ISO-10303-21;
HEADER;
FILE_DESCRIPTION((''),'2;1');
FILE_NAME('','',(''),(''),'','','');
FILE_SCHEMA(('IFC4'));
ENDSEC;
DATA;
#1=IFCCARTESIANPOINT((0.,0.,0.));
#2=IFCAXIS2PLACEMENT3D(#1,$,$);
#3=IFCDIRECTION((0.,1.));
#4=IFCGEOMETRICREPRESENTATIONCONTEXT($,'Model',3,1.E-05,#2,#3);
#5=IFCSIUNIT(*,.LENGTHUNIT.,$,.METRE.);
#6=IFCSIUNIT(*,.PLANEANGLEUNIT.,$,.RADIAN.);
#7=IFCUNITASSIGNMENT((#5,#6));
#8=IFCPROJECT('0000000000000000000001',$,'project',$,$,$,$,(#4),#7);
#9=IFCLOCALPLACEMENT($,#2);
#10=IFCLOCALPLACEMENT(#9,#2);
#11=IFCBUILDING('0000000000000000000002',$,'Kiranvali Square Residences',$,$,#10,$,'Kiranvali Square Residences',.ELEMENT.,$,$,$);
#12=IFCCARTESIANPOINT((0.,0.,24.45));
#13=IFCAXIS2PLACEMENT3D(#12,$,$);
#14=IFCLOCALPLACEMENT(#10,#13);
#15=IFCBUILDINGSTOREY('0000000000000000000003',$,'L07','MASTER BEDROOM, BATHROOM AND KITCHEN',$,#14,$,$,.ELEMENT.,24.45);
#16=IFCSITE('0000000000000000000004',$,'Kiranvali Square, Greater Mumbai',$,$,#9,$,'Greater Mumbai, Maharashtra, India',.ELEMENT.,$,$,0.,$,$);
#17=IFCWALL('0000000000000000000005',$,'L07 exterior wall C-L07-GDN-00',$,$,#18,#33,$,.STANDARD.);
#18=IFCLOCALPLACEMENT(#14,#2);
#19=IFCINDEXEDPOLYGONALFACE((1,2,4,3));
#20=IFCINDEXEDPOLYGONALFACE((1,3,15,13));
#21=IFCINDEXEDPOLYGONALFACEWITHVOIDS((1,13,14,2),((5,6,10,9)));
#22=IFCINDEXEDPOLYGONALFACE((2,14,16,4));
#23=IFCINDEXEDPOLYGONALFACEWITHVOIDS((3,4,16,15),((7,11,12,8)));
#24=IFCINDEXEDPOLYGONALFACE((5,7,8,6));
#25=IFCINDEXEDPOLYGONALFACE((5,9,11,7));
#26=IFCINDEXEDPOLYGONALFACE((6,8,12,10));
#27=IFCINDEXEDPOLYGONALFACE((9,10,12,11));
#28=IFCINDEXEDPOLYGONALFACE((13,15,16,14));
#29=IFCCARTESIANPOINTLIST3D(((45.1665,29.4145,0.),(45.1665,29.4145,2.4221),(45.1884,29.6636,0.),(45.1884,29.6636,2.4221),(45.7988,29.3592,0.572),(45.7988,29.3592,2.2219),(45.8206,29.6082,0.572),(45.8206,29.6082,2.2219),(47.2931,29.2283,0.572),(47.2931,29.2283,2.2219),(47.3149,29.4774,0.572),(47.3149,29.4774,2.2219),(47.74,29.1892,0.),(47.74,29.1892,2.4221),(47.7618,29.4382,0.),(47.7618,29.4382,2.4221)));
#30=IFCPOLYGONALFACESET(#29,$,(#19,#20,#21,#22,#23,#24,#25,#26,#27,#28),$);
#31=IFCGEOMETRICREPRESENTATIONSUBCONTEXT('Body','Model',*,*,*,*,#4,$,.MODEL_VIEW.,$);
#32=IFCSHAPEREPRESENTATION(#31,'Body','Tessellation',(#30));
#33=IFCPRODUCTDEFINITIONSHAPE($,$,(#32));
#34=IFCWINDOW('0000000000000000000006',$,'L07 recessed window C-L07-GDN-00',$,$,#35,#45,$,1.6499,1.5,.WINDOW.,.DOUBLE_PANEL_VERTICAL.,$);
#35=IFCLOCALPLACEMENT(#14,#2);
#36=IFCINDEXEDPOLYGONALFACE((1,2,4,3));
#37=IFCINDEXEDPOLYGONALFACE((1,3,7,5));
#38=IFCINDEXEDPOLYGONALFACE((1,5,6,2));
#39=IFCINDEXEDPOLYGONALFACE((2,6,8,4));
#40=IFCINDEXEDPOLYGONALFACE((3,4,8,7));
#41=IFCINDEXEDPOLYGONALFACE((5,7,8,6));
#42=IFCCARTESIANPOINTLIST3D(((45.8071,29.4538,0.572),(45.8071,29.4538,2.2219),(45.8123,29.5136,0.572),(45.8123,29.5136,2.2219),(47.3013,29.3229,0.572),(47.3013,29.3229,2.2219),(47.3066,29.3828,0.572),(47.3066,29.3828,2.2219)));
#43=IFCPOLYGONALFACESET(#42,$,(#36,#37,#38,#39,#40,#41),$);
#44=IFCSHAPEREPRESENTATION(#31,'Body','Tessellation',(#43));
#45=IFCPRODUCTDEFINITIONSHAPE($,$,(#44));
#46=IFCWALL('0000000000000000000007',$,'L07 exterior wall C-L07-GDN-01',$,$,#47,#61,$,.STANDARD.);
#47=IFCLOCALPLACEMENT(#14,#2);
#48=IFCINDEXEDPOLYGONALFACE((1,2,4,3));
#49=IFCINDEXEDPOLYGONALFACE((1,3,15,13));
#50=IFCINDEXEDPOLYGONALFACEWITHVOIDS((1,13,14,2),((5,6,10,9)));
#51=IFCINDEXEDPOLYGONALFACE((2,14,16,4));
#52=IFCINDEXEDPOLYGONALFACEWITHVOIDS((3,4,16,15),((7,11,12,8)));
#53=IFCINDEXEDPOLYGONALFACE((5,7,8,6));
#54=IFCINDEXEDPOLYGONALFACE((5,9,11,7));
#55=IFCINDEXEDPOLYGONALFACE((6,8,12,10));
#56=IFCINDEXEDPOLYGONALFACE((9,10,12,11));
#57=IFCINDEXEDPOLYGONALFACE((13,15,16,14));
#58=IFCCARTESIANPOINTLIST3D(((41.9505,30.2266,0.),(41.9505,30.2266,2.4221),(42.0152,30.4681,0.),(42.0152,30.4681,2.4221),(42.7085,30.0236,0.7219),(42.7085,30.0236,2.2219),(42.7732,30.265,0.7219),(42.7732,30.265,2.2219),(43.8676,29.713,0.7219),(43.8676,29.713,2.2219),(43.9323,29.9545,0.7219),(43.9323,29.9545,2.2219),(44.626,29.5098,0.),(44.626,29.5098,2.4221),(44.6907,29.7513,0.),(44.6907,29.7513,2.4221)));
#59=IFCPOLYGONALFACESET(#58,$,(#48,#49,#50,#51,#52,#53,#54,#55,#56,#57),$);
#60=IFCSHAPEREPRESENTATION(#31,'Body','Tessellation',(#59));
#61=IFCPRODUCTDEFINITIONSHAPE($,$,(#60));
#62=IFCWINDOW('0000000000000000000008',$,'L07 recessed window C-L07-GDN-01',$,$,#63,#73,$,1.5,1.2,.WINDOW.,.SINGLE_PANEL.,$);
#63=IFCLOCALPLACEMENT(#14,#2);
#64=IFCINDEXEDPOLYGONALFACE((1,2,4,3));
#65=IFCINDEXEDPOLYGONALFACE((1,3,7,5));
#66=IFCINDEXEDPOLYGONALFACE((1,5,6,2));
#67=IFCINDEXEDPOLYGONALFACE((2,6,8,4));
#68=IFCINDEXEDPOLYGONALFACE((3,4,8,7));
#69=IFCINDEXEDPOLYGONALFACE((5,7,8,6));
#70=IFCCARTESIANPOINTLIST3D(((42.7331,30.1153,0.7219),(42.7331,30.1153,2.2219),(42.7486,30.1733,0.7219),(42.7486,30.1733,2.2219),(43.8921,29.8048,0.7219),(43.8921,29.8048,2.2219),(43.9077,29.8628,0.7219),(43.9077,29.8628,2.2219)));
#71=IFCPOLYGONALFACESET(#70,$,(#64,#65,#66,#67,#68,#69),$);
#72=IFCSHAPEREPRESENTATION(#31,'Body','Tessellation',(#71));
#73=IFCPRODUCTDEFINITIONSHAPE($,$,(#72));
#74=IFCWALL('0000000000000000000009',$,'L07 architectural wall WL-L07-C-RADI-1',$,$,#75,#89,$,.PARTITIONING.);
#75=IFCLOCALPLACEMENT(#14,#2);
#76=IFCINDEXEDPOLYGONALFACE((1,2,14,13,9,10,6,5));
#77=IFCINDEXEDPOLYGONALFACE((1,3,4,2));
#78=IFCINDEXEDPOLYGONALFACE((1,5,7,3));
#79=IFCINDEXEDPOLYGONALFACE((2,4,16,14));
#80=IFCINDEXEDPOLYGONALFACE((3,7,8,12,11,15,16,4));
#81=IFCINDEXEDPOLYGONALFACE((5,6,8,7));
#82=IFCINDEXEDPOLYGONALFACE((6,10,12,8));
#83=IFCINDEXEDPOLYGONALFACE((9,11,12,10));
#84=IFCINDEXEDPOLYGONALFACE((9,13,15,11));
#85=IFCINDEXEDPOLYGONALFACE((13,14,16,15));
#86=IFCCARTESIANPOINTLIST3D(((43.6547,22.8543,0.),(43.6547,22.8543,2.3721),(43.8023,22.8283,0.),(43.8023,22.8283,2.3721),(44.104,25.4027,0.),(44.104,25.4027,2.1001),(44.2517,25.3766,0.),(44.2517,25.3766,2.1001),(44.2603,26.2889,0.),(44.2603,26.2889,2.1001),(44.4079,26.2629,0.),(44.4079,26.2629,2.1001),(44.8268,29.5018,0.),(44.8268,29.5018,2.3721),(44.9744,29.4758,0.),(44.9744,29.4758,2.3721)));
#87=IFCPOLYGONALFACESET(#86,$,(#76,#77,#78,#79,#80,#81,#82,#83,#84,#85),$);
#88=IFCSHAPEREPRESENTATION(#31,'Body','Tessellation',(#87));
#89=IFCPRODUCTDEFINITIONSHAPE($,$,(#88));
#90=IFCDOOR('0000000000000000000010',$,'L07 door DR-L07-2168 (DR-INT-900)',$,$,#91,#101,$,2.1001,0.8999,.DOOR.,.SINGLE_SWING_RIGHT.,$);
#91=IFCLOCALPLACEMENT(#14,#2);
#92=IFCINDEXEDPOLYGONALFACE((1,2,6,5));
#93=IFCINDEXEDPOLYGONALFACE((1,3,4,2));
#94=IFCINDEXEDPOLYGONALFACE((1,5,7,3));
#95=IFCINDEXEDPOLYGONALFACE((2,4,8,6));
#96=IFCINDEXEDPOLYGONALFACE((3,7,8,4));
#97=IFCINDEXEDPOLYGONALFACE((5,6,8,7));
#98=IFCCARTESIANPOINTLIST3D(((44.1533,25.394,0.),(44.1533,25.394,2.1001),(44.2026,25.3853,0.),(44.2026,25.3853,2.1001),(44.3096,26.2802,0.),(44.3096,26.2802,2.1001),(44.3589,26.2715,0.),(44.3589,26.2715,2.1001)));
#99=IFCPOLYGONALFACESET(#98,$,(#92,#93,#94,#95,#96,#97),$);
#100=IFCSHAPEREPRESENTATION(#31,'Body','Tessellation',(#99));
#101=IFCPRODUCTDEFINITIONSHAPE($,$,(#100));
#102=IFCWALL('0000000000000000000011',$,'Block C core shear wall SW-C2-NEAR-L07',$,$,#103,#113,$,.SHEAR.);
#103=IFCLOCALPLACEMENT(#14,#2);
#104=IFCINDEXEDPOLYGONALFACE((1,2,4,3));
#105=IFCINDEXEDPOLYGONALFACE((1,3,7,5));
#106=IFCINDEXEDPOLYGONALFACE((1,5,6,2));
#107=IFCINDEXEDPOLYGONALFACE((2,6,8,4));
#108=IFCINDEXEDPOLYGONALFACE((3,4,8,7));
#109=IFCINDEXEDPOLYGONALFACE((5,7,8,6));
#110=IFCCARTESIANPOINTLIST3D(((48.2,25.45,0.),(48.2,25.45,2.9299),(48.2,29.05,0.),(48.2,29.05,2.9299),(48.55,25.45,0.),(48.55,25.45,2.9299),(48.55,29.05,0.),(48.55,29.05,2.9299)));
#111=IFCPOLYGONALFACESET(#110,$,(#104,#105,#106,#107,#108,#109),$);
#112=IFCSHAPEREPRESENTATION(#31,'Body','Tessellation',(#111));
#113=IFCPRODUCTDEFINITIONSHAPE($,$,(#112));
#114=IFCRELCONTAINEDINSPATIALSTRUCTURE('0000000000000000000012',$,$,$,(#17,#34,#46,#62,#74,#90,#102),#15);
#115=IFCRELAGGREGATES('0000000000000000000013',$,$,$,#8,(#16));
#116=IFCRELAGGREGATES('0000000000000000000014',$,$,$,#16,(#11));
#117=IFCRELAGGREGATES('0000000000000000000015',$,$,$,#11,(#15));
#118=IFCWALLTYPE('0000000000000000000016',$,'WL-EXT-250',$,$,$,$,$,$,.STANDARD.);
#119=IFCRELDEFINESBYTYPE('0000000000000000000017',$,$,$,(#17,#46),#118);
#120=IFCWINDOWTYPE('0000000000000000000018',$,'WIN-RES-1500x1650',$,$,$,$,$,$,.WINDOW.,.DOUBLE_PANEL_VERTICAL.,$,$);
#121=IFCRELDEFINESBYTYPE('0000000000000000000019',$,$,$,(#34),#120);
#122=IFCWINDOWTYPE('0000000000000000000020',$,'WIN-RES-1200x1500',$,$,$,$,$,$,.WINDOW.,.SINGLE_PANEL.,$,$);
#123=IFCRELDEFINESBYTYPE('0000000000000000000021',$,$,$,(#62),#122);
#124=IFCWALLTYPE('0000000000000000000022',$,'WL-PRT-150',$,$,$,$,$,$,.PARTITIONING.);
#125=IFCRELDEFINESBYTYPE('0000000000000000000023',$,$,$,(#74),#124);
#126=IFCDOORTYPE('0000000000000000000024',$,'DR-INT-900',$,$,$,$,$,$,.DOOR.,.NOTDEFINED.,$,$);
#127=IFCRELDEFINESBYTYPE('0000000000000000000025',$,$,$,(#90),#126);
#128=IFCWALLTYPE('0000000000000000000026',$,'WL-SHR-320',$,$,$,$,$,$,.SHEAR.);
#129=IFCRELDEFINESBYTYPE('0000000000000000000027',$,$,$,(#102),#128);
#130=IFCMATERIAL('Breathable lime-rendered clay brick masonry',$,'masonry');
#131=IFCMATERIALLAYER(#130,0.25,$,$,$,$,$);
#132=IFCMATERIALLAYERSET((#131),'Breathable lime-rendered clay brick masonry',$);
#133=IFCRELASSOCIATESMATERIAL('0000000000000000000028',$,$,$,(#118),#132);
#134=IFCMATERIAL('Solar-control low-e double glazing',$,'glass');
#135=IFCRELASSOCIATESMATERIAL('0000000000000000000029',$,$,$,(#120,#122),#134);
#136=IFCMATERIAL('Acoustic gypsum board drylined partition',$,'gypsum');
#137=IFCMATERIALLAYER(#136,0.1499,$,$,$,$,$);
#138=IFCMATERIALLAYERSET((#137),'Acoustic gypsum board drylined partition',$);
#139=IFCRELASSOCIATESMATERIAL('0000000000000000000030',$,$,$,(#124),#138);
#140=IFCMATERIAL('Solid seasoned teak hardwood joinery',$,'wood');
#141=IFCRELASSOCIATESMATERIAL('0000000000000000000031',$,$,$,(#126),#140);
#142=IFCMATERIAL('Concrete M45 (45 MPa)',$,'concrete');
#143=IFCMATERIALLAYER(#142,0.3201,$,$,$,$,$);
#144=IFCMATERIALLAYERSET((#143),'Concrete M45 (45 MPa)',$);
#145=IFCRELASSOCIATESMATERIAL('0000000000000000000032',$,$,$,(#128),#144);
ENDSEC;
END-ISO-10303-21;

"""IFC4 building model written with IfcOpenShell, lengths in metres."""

from ifc_helpers import new_model, si_unit, direction, frame, frame_2d, origin, place, context, subcontext, project, spatial, rectangle, extrude, material, layer, layer_set, type_object, element, fill, save


model = new_model("IFC4")

# Units and contexts
model_context = context("Model", 3, precision=1e-05, world=origin(), true_north=direction((0.0, 1.0)))
body_context = subcontext(model_context, "Body", "Model", "MODEL_VIEW")
ifc_project = project(units=[si_unit("LENGTHUNIT", "METRE"), si_unit("PLANEANGLEUNIT", "RADIAN")], contexts=[model_context])

# Site, building, storey
site_placement = place(None, origin())
site = spatial("IfcSite", under=ifc_project, at=site_placement, Name="Kiranvali Square, Greater Mumbai", LongName="Greater Mumbai, Maharashtra, India", CompositionType="ELEMENT", RefElevation=0.0)
building_placement = place(site_placement, origin())
building = spatial("IfcBuilding", under=site, at=building_placement, Name="Kiranvali Square Residences", LongName="Kiranvali Square Residences", CompositionType="ELEMENT")
storey_placement = place(building_placement, frame((0.0, 0.0, 24.45)))
storey = spatial("IfcBuildingStorey", under=building, at=storey_placement, Name="L07", Description="MASTER BEDROOM, BATHROOM AND KITCHEN", CompositionType="ELEMENT", Elevation=24.45)

# Shared definitions
ifc_material_1 = material(Name="Concrete M45 (45 MPa)", Category="concrete")

# Walls, openings, windows
ifc_material_2 = material(Name="Breathable lime-rendered clay brick masonry", Category="masonry")
ifc_layer_1 = layer(ifc_material_2, 0.25)
ifc_layer_set_1 = layer_set([ifc_layer_1], Name="Breathable lime-rendered clay brick masonry")
wall_type_1 = type_object("IfcWallType", Name="WL-EXT-250", PredefinedType="STANDARD", material=ifc_layer_set_1)
wall_1_placement = place(storey_placement, frame((47.7507, 29.3137, 0.0), z_axis=(0.0, 0.0, 1.0), x_axis=(-0.996188, 0.087229, 0.0)))
wall_1 = element("IfcWall", 1, at=wall_1_placement, inside=storey, type_object=wall_type_1, Name="L07 exterior wall C-L07-GDN-00", PredefinedType="STANDARD", context=body_context, shape_type="SweptSolid", body=[
    extrude(rectangle(XDim=2.5833, YDim=0.25, at=frame_2d((1.2915, 0.0))), origin(), (0.0, 0.0, 1.0), 2.4221),
])
opening_1_placement = place(wall_1_placement, frame((0.4485, 0.0, 0.572)))
opening_1 = element("IfcOpeningElement", 2, at=opening_1_placement, cuts=wall_1, PredefinedType="OPENING", context=body_context, shape_type="SweptSolid", body=[
    extrude(rectangle(XDim=1.5, YDim=1.6499, at=frame_2d((0.75, 0.825))), frame((0.0, 0.135, 0.0), z_axis=(0.0, -1.0, 0.0), x_axis=(1.0, 0.0, 0.0)), (0.0, 0.0, 1.0), 0.27),
])
ifc_material_3 = material(Name="Solar-control low-e double glazing", Category="glass")
window_type_1 = type_object("IfcWindowType", Name="WIN-RES-1500x1650", PartitioningType="DOUBLE_PANEL_VERTICAL", PredefinedType="WINDOW", material=ifc_material_3)
window_1_placement = place(opening_1_placement, origin())
window_1 = element("IfcWindow", 3, at=window_1_placement, inside=storey, type_object=window_type_1, Name="L07 recessed window C-L07-GDN-00", OverallHeight=1.6499, OverallWidth=1.5, PartitioningType="DOUBLE_PANEL_VERTICAL", PredefinedType="WINDOW", context=body_context, shape_type="SweptSolid", body=[
    extrude(rectangle(XDim=1.5, YDim=1.6499, at=frame_2d((0.75, 0.825))), frame((0.0, 0.03, 0.0), z_axis=(0.0, -1.0, 0.0), x_axis=(1.0, 0.0, 0.0)), (0.0, 0.0, 1.0), 0.0601),
])
fill(opening_1, window_1)
wall_2_placement = place(storey_placement, frame((44.6582, 29.6306, 0.0), z_axis=(0.0, 0.0, 1.0), x_axis=(-0.965936, 0.258782, 0.0)))
wall_2 = element("IfcWall", 4, at=wall_2_placement, inside=storey, type_object=wall_type_1, Name="L07 exterior wall C-L07-GDN-01", PredefinedType="STANDARD", context=body_context, shape_type="SweptSolid", body=[
    extrude(rectangle(XDim=2.7698, YDim=0.25, at=frame_2d((1.3848, 0.0))), origin(), (0.0, 0.0, 1.0), 2.4221),
])
opening_2_placement = place(wall_2_placement, frame((0.7849, 0.0, 0.7219)))
opening_2 = element("IfcOpeningElement", 5, at=opening_2_placement, cuts=wall_2, PredefinedType="OPENING", context=body_context, shape_type="SweptSolid", body=[
    extrude(rectangle(XDim=1.2, YDim=1.5, at=frame_2d((0.6001, 0.75))), frame((0.0, 0.135, 0.0), z_axis=(0.0, -1.0, 0.0), x_axis=(1.0, 0.0, 0.0)), (0.0, 0.0, 1.0), 0.27),
])
window_type_2 = type_object("IfcWindowType", Name="WIN-RES-1200x1500", PartitioningType="SINGLE_PANEL", PredefinedType="WINDOW", material=ifc_material_3)
window_2_placement = place(opening_2_placement, origin())
window_2 = element("IfcWindow", 6, at=window_2_placement, inside=storey, type_object=window_type_2, Name="L07 recessed window C-L07-GDN-01", OverallHeight=1.5, OverallWidth=1.2, PartitioningType="SINGLE_PANEL", PredefinedType="WINDOW", context=body_context, shape_type="SweptSolid", body=[
    extrude(rectangle(XDim=1.2, YDim=1.5, at=frame_2d((0.6001, 0.75))), frame((0.0, 0.03, 0.0), z_axis=(0.0, -1.0, 0.0), x_axis=(1.0, 0.0, 0.0)), (0.0, 0.0, 1.0), 0.0601),
])
fill(opening_2, window_2)

# Wall, opening, door
ifc_material_4 = material(Name="Acoustic gypsum board drylined partition", Category="gypsum")
ifc_layer_2 = layer(ifc_material_4, 0.1499)
ifc_layer_set_2 = layer_set([ifc_layer_2], Name="Acoustic gypsum board drylined partition")
wall_type_2 = type_object("IfcWallType", Name="WL-PRT-150", PredefinedType="PARTITIONING", material=ifc_layer_set_2)
wall_3_placement = place(storey_placement, frame((44.9006, 29.4888, 0.0), z_axis=(0.0, 0.0, 1.0), x_axis=(-0.173647, -0.984808, 0.0)))
wall_3 = element("IfcWall", 7, at=wall_3_placement, inside=storey, type_object=wall_type_2, Name="L07 architectural wall WL-L07-C-RADI-1", PredefinedType="PARTITIONING", context=body_context, shape_type="SweptSolid", body=[
    extrude(rectangle(XDim=6.75, YDim=0.1499, at=frame_2d((3.375, 0.0))), origin(), (0.0, 0.0, 1.0), 2.3721),
])
opening_3_placement = place(wall_3_placement, frame((3.2625, 0.0, 0.0)))
opening_3 = element("IfcOpeningElement", 8, at=opening_3_placement, cuts=wall_3, PredefinedType="OPENING", context=body_context, shape_type="SweptSolid", body=[
    extrude(rectangle(XDim=0.8999, YDim=2.1001, at=frame_2d((0.45, 1.05))), frame((0.0, 0.085, 0.0), z_axis=(0.0, -1.0, 0.0), x_axis=(1.0, 0.0, 0.0)), (0.0, 0.0, 1.0), 0.1699),
])
ifc_material_5 = material(Name="Solid seasoned teak hardwood joinery", Category="wood")
door_type_1 = type_object("IfcDoorType", Name="DR-INT-900", OperationType="NOTDEFINED", PredefinedType="DOOR", material=ifc_material_5)
door_1_placement = place(opening_3_placement, frame((0.8999, 0.0, 0.0), z_axis=(0.0, 0.0, 1.0), x_axis=(-1.0, 0.0, 0.0)))
door_1 = element("IfcDoor", 9, at=door_1_placement, inside=storey, type_object=door_type_1, Name="L07 door DR-L07-2168 (DR-INT-900)", OperationType="SINGLE_SWING_RIGHT", OverallHeight=2.1001, OverallWidth=0.8999, PredefinedType="DOOR", context=body_context, shape_type="SweptSolid", body=[
    extrude(rectangle(XDim=0.8999, YDim=2.1001, at=frame_2d((0.45, 1.05))), frame((0.0, 0.0249, 0.0), z_axis=(0.0, -1.0, 0.0), x_axis=(1.0, 0.0, 0.0)), (0.0, 0.0, 1.0), 0.05),
])
fill(opening_3, door_1)

# Wall
ifc_layer_3 = layer(ifc_material_1, 0.3201)
ifc_layer_set_3 = layer_set([ifc_layer_3], Name="Concrete M45 (45 MPa)")
wall_type_3 = type_object("IfcWallType", Name="WL-SHR-320", PredefinedType="SHEAR", material=ifc_layer_set_3)
wall_4_placement = place(storey_placement, frame((48.375, 29.05, 0.0), z_axis=(0.0, 0.0, 1.0), x_axis=(0.0, -1.0, 0.0)))
element("IfcWall", 10, at=wall_4_placement, inside=storey, type_object=wall_type_3, Name="Block C core shear wall SW-C2-NEAR-L07", PredefinedType="SHEAR", context=body_context, shape_type="SweptSolid", body=[
    extrude(rectangle(XDim=3.6001, YDim=0.3501, at=frame_2d((1.8, 0.0))), origin(), (0.0, 0.0, 1.0), 2.9299),
])

save(model, "model.ifc")
